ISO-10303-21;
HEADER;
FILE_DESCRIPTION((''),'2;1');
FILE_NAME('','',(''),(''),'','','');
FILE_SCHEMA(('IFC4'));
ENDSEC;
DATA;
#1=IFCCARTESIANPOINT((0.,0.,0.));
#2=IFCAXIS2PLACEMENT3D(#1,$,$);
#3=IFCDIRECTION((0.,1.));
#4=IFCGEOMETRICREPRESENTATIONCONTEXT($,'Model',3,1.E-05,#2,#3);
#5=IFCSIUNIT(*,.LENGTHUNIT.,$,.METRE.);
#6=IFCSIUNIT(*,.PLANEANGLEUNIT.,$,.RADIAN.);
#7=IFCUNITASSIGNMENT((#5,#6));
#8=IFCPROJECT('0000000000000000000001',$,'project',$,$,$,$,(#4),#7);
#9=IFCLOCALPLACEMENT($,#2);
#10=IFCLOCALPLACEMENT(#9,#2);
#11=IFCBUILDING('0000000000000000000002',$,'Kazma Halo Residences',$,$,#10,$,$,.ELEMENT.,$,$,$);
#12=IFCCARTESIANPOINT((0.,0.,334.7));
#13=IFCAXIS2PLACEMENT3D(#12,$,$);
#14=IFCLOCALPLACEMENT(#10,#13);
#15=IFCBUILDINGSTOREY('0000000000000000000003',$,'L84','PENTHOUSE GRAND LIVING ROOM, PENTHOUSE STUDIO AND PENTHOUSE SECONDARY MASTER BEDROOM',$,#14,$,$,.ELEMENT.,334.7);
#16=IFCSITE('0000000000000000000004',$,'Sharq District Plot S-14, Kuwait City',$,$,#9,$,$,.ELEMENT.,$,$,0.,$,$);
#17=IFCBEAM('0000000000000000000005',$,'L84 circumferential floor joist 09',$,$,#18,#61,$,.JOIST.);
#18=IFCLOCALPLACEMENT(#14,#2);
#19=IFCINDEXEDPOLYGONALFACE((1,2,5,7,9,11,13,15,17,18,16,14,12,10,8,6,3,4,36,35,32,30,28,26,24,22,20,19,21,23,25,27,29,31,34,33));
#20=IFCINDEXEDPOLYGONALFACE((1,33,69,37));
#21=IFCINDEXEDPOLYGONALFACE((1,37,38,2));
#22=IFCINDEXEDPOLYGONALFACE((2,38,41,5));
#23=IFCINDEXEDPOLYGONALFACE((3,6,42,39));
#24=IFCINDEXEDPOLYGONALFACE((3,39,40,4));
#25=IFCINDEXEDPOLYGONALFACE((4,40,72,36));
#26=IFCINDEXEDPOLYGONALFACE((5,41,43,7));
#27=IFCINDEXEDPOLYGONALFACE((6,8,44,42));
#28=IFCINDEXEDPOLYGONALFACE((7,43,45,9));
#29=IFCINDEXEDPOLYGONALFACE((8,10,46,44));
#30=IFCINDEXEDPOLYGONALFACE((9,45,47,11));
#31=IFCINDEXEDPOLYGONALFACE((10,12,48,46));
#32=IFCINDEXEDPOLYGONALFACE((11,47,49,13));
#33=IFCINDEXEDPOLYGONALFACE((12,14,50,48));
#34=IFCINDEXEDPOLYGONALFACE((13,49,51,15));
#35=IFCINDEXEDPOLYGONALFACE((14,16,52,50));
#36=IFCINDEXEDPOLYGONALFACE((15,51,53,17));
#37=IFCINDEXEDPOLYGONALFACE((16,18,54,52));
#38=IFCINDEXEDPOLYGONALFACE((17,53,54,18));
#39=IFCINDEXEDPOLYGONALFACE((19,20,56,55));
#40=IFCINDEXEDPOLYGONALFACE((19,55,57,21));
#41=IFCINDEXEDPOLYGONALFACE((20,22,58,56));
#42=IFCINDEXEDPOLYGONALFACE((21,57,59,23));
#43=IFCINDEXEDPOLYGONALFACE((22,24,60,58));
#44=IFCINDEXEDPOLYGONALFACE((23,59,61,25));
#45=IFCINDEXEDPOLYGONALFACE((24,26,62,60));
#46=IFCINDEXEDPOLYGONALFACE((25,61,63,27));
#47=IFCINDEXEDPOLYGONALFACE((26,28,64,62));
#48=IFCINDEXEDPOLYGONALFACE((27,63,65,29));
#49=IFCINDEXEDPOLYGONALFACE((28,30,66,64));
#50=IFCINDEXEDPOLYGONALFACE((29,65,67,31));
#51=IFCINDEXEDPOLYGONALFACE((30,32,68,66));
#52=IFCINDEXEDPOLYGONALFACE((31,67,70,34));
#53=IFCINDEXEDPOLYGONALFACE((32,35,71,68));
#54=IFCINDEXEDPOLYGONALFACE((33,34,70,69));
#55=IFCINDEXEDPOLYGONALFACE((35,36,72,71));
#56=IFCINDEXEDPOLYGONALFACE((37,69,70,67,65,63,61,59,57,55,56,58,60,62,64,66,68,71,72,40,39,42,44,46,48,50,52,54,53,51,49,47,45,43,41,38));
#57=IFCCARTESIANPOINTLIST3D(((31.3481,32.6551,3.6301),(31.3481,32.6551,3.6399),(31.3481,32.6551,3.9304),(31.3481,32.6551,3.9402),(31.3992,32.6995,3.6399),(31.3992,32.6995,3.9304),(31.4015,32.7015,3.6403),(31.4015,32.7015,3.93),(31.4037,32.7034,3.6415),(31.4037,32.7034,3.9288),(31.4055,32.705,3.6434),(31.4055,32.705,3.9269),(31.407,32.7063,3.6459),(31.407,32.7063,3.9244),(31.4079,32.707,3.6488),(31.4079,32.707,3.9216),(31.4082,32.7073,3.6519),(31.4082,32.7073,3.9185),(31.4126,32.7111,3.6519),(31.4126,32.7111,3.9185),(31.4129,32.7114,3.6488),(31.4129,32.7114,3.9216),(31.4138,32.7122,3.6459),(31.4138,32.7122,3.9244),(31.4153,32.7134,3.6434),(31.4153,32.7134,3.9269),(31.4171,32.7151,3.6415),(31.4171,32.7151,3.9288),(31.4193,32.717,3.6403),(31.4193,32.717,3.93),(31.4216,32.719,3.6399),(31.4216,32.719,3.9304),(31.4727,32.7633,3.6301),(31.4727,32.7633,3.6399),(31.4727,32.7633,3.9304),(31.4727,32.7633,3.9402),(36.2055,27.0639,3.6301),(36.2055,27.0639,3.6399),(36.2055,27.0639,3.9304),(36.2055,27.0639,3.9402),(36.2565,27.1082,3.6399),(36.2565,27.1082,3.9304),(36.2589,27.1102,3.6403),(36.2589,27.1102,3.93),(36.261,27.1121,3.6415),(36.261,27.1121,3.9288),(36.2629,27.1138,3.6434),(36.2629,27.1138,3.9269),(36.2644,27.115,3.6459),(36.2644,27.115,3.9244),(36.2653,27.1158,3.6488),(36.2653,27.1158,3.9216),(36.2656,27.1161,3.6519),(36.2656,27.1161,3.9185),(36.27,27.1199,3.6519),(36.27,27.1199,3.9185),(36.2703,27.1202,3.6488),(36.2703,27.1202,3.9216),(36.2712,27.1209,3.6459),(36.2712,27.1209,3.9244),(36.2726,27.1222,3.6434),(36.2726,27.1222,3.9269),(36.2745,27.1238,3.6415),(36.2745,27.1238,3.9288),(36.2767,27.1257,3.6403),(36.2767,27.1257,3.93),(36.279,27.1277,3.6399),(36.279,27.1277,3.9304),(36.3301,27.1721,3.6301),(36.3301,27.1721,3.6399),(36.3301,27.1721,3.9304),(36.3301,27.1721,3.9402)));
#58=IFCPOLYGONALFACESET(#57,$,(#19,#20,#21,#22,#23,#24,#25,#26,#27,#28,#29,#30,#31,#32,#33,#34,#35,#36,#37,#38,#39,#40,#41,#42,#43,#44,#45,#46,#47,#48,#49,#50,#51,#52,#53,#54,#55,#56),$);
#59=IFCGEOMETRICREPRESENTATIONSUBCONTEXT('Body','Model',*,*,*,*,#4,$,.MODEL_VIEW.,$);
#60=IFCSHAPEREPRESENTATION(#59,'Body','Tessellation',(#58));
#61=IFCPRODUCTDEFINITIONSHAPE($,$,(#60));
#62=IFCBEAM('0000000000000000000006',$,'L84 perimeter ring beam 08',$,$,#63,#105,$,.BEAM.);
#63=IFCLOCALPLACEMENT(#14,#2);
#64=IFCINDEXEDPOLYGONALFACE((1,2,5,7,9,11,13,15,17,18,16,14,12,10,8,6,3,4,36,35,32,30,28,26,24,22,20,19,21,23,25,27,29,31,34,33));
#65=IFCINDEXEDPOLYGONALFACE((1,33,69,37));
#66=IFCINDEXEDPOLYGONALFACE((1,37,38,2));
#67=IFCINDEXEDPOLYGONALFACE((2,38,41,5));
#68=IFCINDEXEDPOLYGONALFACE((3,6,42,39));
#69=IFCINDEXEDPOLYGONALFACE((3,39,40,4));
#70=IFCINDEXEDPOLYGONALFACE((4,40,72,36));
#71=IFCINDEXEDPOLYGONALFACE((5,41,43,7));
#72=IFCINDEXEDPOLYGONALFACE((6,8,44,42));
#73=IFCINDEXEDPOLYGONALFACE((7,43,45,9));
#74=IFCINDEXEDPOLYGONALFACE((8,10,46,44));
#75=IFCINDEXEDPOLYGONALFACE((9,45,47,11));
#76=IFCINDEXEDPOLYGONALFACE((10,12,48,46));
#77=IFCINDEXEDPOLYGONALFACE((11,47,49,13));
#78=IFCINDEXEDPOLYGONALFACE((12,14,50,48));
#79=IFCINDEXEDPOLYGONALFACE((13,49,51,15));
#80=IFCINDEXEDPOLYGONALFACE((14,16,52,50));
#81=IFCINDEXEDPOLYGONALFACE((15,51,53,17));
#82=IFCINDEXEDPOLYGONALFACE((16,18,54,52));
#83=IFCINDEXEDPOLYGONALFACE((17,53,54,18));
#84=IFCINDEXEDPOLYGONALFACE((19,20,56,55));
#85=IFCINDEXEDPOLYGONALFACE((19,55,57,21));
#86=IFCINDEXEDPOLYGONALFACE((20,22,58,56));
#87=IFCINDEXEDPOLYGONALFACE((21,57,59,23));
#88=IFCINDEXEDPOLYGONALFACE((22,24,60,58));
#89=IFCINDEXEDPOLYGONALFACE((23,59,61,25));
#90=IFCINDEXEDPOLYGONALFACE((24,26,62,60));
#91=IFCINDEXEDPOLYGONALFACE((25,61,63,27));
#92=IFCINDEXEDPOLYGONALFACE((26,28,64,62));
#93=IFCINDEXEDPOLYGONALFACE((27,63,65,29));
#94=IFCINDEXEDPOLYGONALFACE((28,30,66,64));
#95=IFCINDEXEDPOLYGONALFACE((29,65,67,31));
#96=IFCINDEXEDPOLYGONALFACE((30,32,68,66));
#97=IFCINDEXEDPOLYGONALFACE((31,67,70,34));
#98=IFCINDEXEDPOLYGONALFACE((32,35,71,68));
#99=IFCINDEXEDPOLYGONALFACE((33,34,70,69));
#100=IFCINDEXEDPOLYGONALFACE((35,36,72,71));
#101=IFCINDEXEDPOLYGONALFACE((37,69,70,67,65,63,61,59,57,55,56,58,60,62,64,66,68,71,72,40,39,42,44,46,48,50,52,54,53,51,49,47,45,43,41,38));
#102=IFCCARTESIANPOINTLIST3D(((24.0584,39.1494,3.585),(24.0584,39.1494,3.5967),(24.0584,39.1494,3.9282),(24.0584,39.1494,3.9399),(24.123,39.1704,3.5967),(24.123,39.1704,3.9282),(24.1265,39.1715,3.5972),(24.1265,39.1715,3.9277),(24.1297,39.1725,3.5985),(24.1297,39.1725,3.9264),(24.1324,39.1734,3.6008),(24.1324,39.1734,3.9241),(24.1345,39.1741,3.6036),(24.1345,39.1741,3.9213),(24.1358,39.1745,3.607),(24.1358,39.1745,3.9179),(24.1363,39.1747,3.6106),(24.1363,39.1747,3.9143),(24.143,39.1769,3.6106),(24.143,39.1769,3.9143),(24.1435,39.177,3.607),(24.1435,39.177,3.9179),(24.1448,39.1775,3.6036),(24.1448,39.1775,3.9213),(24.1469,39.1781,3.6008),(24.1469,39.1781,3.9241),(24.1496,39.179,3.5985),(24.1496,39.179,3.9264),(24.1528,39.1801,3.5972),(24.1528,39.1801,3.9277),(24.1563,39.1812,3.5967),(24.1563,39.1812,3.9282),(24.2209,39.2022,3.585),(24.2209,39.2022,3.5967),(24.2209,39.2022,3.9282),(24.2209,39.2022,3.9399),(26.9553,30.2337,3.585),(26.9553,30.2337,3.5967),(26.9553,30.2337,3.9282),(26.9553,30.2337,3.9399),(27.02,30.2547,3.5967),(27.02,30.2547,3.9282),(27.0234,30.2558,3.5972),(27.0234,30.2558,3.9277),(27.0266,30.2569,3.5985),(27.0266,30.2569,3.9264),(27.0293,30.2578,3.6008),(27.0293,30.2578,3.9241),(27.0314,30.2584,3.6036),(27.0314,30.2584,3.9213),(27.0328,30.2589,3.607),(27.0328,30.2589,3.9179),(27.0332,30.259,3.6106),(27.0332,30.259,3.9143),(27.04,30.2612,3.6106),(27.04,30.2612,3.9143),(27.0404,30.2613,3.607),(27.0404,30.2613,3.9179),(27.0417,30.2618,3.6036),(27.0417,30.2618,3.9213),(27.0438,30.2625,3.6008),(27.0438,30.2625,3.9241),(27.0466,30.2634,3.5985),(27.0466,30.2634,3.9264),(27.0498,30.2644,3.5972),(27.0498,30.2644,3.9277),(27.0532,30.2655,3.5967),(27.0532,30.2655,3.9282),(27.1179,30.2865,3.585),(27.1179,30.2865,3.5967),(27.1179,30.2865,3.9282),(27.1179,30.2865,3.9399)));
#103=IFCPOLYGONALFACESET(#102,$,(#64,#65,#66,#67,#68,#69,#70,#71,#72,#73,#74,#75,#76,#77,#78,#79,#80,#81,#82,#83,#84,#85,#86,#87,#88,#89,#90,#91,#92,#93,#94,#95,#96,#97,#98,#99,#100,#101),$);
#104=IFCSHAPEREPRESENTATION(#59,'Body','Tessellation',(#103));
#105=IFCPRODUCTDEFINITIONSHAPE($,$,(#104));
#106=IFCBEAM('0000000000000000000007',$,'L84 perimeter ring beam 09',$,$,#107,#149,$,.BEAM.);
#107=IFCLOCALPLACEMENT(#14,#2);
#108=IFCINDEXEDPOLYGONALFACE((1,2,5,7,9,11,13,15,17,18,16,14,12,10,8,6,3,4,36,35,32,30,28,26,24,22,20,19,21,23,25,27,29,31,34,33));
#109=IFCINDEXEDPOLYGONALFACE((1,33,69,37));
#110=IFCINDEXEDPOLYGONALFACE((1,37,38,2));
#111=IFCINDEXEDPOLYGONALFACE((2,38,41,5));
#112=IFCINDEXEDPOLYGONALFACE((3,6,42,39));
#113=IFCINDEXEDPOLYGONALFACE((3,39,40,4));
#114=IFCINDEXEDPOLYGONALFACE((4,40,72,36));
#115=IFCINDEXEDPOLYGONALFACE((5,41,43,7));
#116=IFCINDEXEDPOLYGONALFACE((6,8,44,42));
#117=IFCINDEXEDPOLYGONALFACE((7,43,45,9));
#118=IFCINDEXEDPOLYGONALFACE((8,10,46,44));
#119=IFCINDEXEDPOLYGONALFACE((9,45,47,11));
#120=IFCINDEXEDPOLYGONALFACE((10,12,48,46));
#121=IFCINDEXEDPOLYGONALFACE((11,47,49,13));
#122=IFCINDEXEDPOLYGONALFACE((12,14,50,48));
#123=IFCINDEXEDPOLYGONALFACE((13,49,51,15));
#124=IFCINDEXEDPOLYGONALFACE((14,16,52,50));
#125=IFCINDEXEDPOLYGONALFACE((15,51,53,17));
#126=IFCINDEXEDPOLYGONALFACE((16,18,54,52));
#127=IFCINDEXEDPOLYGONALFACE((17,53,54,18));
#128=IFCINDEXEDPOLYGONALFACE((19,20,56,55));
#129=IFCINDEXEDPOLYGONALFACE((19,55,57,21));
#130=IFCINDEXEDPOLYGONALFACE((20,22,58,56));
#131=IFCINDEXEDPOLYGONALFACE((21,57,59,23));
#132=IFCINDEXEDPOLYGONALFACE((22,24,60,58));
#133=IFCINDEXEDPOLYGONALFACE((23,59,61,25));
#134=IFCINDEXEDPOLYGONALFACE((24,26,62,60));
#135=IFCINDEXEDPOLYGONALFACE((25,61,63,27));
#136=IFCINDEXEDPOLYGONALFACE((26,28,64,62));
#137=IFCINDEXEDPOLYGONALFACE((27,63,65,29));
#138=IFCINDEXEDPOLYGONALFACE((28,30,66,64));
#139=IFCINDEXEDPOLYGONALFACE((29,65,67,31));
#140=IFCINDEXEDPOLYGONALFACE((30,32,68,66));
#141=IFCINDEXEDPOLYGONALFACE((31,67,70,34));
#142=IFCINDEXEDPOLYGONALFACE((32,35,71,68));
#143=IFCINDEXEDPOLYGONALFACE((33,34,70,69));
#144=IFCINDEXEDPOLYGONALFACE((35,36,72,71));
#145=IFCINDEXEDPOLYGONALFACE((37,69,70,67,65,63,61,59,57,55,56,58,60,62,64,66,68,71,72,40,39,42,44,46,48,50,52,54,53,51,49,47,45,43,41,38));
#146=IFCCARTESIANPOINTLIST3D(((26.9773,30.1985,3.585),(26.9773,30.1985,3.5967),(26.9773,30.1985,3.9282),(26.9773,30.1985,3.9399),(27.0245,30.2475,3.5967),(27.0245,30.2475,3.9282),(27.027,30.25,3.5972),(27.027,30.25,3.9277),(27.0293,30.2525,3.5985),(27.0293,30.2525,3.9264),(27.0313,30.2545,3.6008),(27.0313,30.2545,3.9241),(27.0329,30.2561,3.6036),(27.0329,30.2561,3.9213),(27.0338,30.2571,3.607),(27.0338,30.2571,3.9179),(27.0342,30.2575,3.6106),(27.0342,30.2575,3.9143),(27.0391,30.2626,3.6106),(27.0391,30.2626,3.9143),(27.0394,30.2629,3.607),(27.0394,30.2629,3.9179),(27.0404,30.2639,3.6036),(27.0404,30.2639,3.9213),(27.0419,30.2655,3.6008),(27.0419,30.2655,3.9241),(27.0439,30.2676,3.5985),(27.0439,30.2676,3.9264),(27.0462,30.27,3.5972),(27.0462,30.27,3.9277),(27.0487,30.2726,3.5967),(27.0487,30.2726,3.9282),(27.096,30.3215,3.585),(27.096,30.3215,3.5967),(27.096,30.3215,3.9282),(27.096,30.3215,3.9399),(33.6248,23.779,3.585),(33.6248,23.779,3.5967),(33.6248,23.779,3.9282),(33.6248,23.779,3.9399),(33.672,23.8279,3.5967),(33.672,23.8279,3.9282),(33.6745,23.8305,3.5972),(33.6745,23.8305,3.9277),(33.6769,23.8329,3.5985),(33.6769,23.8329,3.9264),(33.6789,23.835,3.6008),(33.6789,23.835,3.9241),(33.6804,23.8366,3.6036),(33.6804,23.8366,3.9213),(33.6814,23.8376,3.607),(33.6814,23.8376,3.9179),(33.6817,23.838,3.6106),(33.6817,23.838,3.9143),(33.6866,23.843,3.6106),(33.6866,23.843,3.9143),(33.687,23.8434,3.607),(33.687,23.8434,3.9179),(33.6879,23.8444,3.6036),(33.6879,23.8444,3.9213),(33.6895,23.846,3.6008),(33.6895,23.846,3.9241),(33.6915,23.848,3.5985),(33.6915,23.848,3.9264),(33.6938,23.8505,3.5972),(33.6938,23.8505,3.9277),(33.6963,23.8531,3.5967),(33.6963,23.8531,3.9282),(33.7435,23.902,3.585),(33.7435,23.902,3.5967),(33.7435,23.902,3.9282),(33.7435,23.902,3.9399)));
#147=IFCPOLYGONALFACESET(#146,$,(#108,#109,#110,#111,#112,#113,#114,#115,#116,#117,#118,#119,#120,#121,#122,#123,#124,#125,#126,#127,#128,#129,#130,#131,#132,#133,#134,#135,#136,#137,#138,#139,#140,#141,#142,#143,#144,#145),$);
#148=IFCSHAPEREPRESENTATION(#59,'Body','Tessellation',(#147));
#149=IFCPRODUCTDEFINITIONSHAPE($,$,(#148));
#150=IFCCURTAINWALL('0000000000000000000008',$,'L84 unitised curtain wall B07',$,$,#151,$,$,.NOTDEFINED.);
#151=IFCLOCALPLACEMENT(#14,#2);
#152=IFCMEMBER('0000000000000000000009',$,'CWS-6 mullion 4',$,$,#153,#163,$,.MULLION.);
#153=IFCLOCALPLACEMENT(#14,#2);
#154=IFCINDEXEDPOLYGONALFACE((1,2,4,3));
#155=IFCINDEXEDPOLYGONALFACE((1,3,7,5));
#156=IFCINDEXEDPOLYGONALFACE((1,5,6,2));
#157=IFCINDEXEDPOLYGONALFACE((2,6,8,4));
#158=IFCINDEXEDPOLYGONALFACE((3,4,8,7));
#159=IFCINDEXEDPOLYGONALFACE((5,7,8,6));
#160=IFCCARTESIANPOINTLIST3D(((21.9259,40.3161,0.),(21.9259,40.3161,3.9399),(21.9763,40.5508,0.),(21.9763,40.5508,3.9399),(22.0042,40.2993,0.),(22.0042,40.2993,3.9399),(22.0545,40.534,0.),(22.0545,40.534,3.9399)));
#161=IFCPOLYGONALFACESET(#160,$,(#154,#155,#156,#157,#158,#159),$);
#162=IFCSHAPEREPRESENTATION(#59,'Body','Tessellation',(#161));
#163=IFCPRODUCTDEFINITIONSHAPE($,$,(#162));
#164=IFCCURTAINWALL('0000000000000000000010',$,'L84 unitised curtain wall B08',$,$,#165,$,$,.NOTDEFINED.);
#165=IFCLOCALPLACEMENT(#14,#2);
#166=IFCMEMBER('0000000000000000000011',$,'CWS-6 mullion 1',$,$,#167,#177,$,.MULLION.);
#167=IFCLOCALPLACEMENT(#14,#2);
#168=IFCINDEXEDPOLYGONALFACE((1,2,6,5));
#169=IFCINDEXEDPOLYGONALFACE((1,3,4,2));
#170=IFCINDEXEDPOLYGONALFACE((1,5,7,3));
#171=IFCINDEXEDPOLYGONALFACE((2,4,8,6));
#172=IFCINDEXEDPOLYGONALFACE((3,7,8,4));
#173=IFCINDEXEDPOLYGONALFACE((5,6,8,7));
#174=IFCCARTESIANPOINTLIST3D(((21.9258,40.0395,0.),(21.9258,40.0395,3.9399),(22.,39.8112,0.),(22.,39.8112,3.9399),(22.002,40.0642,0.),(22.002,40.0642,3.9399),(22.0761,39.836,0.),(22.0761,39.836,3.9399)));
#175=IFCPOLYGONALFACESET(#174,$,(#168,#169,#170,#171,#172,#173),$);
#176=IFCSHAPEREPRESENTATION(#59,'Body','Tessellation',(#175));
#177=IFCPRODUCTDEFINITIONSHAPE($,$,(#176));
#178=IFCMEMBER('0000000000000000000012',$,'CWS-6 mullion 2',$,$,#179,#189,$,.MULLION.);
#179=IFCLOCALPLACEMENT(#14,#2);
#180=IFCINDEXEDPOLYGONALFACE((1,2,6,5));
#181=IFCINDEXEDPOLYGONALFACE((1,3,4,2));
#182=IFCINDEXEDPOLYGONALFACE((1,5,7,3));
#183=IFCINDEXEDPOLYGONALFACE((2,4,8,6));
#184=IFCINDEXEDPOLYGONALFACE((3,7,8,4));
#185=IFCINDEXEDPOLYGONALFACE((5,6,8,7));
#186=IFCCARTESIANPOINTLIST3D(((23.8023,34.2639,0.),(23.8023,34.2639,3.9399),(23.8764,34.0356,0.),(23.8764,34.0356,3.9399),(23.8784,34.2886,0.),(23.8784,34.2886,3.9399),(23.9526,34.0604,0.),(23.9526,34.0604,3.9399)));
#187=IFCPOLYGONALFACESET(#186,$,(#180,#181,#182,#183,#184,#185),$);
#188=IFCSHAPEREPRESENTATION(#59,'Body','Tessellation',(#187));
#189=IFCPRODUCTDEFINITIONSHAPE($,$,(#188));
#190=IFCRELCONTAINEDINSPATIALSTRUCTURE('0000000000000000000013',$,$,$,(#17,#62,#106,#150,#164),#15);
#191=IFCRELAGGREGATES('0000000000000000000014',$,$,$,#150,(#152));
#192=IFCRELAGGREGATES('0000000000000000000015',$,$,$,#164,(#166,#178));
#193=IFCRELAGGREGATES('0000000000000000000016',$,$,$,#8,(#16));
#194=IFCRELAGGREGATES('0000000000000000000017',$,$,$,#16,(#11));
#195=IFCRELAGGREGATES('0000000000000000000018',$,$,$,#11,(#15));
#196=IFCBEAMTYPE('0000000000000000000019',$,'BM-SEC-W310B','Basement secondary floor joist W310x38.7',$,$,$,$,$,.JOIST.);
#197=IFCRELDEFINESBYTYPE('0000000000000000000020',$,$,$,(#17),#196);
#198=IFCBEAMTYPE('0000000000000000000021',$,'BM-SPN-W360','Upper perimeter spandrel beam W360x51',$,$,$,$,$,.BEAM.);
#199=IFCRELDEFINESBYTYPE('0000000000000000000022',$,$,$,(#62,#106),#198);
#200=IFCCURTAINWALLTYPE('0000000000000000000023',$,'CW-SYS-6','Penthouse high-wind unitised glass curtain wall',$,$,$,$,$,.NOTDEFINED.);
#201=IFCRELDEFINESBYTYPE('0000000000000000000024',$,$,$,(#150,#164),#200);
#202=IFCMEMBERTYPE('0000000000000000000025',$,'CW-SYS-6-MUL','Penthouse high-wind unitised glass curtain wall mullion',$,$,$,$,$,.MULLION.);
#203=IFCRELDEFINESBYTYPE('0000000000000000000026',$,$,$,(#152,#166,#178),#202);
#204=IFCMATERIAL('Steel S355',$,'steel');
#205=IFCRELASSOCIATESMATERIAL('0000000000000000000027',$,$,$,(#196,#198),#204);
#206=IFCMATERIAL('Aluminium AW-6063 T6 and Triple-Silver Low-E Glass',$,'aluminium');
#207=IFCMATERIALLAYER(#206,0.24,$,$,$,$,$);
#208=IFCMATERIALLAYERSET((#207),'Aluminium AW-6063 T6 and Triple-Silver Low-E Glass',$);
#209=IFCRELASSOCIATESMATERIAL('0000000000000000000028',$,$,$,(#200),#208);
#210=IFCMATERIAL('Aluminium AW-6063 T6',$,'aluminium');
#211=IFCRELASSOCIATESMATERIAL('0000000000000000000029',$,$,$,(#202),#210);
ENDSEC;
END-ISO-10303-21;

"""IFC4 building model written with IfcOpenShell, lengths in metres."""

from ifc_helpers import new_model, si_unit, direction, frame, origin, origin_2d, place, context, subcontext, project, spatial, rectangle, i_section, extrude, material, layer, layer_set, material_profile, profile_set, type_object, element, aggregate, save


model = new_model("IFC4")

# Units and contexts
model_context = context("Model", 3, precision=1e-05, world=origin(), true_north=direction((0.0, 1.0)))
body_context = subcontext(model_context, "Body", "Model", "MODEL_VIEW")
ifc_project = project(units=[si_unit("LENGTHUNIT", "METRE"), si_unit("PLANEANGLEUNIT", "RADIAN")], contexts=[model_context])

# Site, building, storey
site_placement = place(None, origin())
site = spatial("IfcSite", under=ifc_project, at=site_placement, Name="Sharq District Plot S-14, Kuwait City", CompositionType="ELEMENT", RefElevation=0.0)
building_placement = place(site_placement, origin())
building = spatial("IfcBuilding", under=site, at=building_placement, Name="Kazma Halo Residences", CompositionType="ELEMENT")
storey_placement = place(building_placement, frame((0.0, 0.0, 334.7)))
storey = spatial("IfcBuildingStorey", under=building, at=storey_placement, Name="L84", Description="PENTHOUSE GRAND LIVING ROOM, PENTHOUSE STUDIO AND PENTHOUSE SECONDARY MASTER BEDROOM", CompositionType="ELEMENT", Elevation=334.7)

# Beams
ifc_material_1 = material(Name="Steel S355", Category="steel")
ifc_material_profile_1 = material_profile(ifc_material_1, i_section(OverallWidth=0.165, OverallDepth=0.3101, WebThickness=0.0059, FlangeThickness=0.0098, FilletRadius=0.012, at=origin_2d()), Name="W310x38.7")
ifc_profile_set_1 = profile_set([ifc_material_profile_1], Name="Steel S355")
beam_type_1 = type_object("IfcBeamType", Name="BM-SEC-W310B", Description="Basement secondary floor joist W310x38.7", PredefinedType="JOIST", material=ifc_profile_set_1)
beam_1_placement = place(storey_placement, frame((31.4104, 32.7092, 3.7852), z_axis=(0.655826, -0.754912, 0.0), x_axis=(0.754912, 0.655826, 0.0)))
element("IfcBeam", 1, at=beam_1_placement, inside=storey, type_object=beam_type_1, Name="L84 circumferential floor joist 09", PredefinedType="JOIST", context=body_context, shape_type="SweptSolid", body=[
    extrude(i_section(OverallWidth=0.165, OverallDepth=0.3101, WebThickness=0.0059, FlangeThickness=0.0098, FilletRadius=0.012, at=origin_2d()), origin(), (0.0, 0.0, 1.0), 7.4065),
])
ifc_material_profile_2 = material_profile(ifc_material_1, i_section(OverallWidth=0.1709, OverallDepth=0.355, WebThickness=0.0071, FlangeThickness=0.0117, FilletRadius=0.0139, at=origin_2d()), Name="W360x51")
ifc_profile_set_2 = profile_set([ifc_material_profile_2], Name="Steel S355")
beam_type_2 = type_object("IfcBeamType", Name="BM-SPN-W360", Description="Upper perimeter spandrel beam W360x51", PredefinedType="BEAM", material=ifc_profile_set_2)
beam_2_placement = place(storey_placement, frame((24.1396, 39.1758, 3.7625), z_axis=(0.309023, -0.951055, 0.0), x_axis=(0.951055, 0.309023, 0.0)))
element("IfcBeam", 2, at=beam_2_placement, inside=storey, type_object=beam_type_2, Name="L84 perimeter ring beam 08", PredefinedType="BEAM", context=body_context, shape_type="SweptSolid", body=[
    extrude(i_section(OverallWidth=0.1709, OverallDepth=0.355, WebThickness=0.0071, FlangeThickness=0.0117, FilletRadius=0.0139, at=origin_2d()), origin(), (0.0, 0.0, 1.0), 9.3745),
])
beam_3_placement = place(storey_placement, frame((27.0366, 30.26, 3.7625), z_axis=(0.719337, -0.694661, 0.0), x_axis=(0.694661, 0.719337, 0.0)))
element("IfcBeam", 3, at=beam_3_placement, inside=storey, type_object=beam_type_2, Name="L84 perimeter ring beam 09", PredefinedType="BEAM", context=body_context, shape_type="SweptSolid", body=[
    extrude(i_section(OverallWidth=0.1709, OverallDepth=0.355, WebThickness=0.0071, FlangeThickness=0.0117, FilletRadius=0.0139, at=origin_2d()), origin(), (0.0, 0.0, 1.0), 9.2412),
])

# Curtain wall, member
ifc_material_2 = material(Name="Aluminium AW-6063 T6 and Triple-Silver Low-E Glass", Category="aluminium")
ifc_layer_1 = layer(ifc_material_2, 0.24)
ifc_layer_set_1 = layer_set([ifc_layer_1], Name="Aluminium AW-6063 T6 and Triple-Silver Low-E Glass")
curtain_wall_type = type_object("IfcCurtainWallType", Name="CW-SYS-6", Description="Penthouse high-wind unitised glass curtain wall", PredefinedType="NOTDEFINED", material=ifc_layer_set_1)
curtain_wall_1_placement = place(storey_placement, origin())
curtain_wall_1 = element("IfcCurtainWall", 4, at=curtain_wall_1_placement, inside=storey, type_object=curtain_wall_type, Name="L84 unitised curtain wall B07", PredefinedType="NOTDEFINED")
ifc_material_3 = material(Name="Aluminium AW-6063 T6", Category="aluminium")
ifc_material_profile_3 = material_profile(ifc_material_3, rectangle(XDim=0.0801, YDim=0.24, at=origin_2d()), Name="CWM-80x240")
ifc_profile_set_3 = profile_set([ifc_material_profile_3], Name="Aluminium AW-6063 T6")
member_type_1 = type_object("IfcMemberType", Name="CW-SYS-6-MUL", Description="Penthouse high-wind unitised glass curtain wall mullion", PredefinedType="MULLION", material=ifc_profile_set_3)
member_1_placement = place(storey_placement, frame((21.9902, 40.425, 0.0), z_axis=(0.0, 0.0, 1.0), x_axis=(0.977761, -0.209723, 0.0)))
member_1 = element("IfcMember", 5, at=member_1_placement, type_object=member_type_1, Name="CWS-6 mullion 4", PredefinedType="MULLION", context=body_context, shape_type="SweptSolid", body=[
    extrude(rectangle(XDim=0.0801, YDim=0.24, at=origin_2d()), origin(), (0.0, 0.0, 1.0), 3.9399),
])
aggregate(curtain_wall_1, [member_1])

# Curtain wall, members
curtain_wall_2_placement = place(storey_placement, origin())
curtain_wall_2 = element("IfcCurtainWall", 6, at=curtain_wall_2_placement, inside=storey, type_object=curtain_wall_type, Name="L84 unitised curtain wall B08", PredefinedType="NOTDEFINED")
member_2_placement = place(storey_placement, frame((22.001, 39.9377, 0.0), z_axis=(0.0, 0.0, 1.0), x_axis=(0.951056, 0.309019, 0.0)))
member_2 = element("IfcMember", 7, at=member_2_placement, type_object=member_type_1, Name="CWS-6 mullion 1", PredefinedType="MULLION", context=body_context, shape_type="SweptSolid", body=[
    extrude(rectangle(XDim=0.0801, YDim=0.24, at=origin_2d()), origin(), (0.0, 0.0, 1.0), 3.9399),
])
member_3_placement = place(storey_placement, frame((23.8774, 34.1621, 0.0), z_axis=(0.0, 0.0, 1.0), x_axis=(0.951056, 0.309019, 0.0)))
member_3 = element("IfcMember", 8, at=member_3_placement, type_object=member_type_1, Name="CWS-6 mullion 2", PredefinedType="MULLION", context=body_context, shape_type="SweptSolid", body=[
    extrude(rectangle(XDim=0.0801, YDim=0.24, at=origin_2d()), origin(), (0.0, 0.0, 1.0), 3.9399),
])
aggregate(curtain_wall_2, [member_2, member_3])

save(model, "model.ifc")
